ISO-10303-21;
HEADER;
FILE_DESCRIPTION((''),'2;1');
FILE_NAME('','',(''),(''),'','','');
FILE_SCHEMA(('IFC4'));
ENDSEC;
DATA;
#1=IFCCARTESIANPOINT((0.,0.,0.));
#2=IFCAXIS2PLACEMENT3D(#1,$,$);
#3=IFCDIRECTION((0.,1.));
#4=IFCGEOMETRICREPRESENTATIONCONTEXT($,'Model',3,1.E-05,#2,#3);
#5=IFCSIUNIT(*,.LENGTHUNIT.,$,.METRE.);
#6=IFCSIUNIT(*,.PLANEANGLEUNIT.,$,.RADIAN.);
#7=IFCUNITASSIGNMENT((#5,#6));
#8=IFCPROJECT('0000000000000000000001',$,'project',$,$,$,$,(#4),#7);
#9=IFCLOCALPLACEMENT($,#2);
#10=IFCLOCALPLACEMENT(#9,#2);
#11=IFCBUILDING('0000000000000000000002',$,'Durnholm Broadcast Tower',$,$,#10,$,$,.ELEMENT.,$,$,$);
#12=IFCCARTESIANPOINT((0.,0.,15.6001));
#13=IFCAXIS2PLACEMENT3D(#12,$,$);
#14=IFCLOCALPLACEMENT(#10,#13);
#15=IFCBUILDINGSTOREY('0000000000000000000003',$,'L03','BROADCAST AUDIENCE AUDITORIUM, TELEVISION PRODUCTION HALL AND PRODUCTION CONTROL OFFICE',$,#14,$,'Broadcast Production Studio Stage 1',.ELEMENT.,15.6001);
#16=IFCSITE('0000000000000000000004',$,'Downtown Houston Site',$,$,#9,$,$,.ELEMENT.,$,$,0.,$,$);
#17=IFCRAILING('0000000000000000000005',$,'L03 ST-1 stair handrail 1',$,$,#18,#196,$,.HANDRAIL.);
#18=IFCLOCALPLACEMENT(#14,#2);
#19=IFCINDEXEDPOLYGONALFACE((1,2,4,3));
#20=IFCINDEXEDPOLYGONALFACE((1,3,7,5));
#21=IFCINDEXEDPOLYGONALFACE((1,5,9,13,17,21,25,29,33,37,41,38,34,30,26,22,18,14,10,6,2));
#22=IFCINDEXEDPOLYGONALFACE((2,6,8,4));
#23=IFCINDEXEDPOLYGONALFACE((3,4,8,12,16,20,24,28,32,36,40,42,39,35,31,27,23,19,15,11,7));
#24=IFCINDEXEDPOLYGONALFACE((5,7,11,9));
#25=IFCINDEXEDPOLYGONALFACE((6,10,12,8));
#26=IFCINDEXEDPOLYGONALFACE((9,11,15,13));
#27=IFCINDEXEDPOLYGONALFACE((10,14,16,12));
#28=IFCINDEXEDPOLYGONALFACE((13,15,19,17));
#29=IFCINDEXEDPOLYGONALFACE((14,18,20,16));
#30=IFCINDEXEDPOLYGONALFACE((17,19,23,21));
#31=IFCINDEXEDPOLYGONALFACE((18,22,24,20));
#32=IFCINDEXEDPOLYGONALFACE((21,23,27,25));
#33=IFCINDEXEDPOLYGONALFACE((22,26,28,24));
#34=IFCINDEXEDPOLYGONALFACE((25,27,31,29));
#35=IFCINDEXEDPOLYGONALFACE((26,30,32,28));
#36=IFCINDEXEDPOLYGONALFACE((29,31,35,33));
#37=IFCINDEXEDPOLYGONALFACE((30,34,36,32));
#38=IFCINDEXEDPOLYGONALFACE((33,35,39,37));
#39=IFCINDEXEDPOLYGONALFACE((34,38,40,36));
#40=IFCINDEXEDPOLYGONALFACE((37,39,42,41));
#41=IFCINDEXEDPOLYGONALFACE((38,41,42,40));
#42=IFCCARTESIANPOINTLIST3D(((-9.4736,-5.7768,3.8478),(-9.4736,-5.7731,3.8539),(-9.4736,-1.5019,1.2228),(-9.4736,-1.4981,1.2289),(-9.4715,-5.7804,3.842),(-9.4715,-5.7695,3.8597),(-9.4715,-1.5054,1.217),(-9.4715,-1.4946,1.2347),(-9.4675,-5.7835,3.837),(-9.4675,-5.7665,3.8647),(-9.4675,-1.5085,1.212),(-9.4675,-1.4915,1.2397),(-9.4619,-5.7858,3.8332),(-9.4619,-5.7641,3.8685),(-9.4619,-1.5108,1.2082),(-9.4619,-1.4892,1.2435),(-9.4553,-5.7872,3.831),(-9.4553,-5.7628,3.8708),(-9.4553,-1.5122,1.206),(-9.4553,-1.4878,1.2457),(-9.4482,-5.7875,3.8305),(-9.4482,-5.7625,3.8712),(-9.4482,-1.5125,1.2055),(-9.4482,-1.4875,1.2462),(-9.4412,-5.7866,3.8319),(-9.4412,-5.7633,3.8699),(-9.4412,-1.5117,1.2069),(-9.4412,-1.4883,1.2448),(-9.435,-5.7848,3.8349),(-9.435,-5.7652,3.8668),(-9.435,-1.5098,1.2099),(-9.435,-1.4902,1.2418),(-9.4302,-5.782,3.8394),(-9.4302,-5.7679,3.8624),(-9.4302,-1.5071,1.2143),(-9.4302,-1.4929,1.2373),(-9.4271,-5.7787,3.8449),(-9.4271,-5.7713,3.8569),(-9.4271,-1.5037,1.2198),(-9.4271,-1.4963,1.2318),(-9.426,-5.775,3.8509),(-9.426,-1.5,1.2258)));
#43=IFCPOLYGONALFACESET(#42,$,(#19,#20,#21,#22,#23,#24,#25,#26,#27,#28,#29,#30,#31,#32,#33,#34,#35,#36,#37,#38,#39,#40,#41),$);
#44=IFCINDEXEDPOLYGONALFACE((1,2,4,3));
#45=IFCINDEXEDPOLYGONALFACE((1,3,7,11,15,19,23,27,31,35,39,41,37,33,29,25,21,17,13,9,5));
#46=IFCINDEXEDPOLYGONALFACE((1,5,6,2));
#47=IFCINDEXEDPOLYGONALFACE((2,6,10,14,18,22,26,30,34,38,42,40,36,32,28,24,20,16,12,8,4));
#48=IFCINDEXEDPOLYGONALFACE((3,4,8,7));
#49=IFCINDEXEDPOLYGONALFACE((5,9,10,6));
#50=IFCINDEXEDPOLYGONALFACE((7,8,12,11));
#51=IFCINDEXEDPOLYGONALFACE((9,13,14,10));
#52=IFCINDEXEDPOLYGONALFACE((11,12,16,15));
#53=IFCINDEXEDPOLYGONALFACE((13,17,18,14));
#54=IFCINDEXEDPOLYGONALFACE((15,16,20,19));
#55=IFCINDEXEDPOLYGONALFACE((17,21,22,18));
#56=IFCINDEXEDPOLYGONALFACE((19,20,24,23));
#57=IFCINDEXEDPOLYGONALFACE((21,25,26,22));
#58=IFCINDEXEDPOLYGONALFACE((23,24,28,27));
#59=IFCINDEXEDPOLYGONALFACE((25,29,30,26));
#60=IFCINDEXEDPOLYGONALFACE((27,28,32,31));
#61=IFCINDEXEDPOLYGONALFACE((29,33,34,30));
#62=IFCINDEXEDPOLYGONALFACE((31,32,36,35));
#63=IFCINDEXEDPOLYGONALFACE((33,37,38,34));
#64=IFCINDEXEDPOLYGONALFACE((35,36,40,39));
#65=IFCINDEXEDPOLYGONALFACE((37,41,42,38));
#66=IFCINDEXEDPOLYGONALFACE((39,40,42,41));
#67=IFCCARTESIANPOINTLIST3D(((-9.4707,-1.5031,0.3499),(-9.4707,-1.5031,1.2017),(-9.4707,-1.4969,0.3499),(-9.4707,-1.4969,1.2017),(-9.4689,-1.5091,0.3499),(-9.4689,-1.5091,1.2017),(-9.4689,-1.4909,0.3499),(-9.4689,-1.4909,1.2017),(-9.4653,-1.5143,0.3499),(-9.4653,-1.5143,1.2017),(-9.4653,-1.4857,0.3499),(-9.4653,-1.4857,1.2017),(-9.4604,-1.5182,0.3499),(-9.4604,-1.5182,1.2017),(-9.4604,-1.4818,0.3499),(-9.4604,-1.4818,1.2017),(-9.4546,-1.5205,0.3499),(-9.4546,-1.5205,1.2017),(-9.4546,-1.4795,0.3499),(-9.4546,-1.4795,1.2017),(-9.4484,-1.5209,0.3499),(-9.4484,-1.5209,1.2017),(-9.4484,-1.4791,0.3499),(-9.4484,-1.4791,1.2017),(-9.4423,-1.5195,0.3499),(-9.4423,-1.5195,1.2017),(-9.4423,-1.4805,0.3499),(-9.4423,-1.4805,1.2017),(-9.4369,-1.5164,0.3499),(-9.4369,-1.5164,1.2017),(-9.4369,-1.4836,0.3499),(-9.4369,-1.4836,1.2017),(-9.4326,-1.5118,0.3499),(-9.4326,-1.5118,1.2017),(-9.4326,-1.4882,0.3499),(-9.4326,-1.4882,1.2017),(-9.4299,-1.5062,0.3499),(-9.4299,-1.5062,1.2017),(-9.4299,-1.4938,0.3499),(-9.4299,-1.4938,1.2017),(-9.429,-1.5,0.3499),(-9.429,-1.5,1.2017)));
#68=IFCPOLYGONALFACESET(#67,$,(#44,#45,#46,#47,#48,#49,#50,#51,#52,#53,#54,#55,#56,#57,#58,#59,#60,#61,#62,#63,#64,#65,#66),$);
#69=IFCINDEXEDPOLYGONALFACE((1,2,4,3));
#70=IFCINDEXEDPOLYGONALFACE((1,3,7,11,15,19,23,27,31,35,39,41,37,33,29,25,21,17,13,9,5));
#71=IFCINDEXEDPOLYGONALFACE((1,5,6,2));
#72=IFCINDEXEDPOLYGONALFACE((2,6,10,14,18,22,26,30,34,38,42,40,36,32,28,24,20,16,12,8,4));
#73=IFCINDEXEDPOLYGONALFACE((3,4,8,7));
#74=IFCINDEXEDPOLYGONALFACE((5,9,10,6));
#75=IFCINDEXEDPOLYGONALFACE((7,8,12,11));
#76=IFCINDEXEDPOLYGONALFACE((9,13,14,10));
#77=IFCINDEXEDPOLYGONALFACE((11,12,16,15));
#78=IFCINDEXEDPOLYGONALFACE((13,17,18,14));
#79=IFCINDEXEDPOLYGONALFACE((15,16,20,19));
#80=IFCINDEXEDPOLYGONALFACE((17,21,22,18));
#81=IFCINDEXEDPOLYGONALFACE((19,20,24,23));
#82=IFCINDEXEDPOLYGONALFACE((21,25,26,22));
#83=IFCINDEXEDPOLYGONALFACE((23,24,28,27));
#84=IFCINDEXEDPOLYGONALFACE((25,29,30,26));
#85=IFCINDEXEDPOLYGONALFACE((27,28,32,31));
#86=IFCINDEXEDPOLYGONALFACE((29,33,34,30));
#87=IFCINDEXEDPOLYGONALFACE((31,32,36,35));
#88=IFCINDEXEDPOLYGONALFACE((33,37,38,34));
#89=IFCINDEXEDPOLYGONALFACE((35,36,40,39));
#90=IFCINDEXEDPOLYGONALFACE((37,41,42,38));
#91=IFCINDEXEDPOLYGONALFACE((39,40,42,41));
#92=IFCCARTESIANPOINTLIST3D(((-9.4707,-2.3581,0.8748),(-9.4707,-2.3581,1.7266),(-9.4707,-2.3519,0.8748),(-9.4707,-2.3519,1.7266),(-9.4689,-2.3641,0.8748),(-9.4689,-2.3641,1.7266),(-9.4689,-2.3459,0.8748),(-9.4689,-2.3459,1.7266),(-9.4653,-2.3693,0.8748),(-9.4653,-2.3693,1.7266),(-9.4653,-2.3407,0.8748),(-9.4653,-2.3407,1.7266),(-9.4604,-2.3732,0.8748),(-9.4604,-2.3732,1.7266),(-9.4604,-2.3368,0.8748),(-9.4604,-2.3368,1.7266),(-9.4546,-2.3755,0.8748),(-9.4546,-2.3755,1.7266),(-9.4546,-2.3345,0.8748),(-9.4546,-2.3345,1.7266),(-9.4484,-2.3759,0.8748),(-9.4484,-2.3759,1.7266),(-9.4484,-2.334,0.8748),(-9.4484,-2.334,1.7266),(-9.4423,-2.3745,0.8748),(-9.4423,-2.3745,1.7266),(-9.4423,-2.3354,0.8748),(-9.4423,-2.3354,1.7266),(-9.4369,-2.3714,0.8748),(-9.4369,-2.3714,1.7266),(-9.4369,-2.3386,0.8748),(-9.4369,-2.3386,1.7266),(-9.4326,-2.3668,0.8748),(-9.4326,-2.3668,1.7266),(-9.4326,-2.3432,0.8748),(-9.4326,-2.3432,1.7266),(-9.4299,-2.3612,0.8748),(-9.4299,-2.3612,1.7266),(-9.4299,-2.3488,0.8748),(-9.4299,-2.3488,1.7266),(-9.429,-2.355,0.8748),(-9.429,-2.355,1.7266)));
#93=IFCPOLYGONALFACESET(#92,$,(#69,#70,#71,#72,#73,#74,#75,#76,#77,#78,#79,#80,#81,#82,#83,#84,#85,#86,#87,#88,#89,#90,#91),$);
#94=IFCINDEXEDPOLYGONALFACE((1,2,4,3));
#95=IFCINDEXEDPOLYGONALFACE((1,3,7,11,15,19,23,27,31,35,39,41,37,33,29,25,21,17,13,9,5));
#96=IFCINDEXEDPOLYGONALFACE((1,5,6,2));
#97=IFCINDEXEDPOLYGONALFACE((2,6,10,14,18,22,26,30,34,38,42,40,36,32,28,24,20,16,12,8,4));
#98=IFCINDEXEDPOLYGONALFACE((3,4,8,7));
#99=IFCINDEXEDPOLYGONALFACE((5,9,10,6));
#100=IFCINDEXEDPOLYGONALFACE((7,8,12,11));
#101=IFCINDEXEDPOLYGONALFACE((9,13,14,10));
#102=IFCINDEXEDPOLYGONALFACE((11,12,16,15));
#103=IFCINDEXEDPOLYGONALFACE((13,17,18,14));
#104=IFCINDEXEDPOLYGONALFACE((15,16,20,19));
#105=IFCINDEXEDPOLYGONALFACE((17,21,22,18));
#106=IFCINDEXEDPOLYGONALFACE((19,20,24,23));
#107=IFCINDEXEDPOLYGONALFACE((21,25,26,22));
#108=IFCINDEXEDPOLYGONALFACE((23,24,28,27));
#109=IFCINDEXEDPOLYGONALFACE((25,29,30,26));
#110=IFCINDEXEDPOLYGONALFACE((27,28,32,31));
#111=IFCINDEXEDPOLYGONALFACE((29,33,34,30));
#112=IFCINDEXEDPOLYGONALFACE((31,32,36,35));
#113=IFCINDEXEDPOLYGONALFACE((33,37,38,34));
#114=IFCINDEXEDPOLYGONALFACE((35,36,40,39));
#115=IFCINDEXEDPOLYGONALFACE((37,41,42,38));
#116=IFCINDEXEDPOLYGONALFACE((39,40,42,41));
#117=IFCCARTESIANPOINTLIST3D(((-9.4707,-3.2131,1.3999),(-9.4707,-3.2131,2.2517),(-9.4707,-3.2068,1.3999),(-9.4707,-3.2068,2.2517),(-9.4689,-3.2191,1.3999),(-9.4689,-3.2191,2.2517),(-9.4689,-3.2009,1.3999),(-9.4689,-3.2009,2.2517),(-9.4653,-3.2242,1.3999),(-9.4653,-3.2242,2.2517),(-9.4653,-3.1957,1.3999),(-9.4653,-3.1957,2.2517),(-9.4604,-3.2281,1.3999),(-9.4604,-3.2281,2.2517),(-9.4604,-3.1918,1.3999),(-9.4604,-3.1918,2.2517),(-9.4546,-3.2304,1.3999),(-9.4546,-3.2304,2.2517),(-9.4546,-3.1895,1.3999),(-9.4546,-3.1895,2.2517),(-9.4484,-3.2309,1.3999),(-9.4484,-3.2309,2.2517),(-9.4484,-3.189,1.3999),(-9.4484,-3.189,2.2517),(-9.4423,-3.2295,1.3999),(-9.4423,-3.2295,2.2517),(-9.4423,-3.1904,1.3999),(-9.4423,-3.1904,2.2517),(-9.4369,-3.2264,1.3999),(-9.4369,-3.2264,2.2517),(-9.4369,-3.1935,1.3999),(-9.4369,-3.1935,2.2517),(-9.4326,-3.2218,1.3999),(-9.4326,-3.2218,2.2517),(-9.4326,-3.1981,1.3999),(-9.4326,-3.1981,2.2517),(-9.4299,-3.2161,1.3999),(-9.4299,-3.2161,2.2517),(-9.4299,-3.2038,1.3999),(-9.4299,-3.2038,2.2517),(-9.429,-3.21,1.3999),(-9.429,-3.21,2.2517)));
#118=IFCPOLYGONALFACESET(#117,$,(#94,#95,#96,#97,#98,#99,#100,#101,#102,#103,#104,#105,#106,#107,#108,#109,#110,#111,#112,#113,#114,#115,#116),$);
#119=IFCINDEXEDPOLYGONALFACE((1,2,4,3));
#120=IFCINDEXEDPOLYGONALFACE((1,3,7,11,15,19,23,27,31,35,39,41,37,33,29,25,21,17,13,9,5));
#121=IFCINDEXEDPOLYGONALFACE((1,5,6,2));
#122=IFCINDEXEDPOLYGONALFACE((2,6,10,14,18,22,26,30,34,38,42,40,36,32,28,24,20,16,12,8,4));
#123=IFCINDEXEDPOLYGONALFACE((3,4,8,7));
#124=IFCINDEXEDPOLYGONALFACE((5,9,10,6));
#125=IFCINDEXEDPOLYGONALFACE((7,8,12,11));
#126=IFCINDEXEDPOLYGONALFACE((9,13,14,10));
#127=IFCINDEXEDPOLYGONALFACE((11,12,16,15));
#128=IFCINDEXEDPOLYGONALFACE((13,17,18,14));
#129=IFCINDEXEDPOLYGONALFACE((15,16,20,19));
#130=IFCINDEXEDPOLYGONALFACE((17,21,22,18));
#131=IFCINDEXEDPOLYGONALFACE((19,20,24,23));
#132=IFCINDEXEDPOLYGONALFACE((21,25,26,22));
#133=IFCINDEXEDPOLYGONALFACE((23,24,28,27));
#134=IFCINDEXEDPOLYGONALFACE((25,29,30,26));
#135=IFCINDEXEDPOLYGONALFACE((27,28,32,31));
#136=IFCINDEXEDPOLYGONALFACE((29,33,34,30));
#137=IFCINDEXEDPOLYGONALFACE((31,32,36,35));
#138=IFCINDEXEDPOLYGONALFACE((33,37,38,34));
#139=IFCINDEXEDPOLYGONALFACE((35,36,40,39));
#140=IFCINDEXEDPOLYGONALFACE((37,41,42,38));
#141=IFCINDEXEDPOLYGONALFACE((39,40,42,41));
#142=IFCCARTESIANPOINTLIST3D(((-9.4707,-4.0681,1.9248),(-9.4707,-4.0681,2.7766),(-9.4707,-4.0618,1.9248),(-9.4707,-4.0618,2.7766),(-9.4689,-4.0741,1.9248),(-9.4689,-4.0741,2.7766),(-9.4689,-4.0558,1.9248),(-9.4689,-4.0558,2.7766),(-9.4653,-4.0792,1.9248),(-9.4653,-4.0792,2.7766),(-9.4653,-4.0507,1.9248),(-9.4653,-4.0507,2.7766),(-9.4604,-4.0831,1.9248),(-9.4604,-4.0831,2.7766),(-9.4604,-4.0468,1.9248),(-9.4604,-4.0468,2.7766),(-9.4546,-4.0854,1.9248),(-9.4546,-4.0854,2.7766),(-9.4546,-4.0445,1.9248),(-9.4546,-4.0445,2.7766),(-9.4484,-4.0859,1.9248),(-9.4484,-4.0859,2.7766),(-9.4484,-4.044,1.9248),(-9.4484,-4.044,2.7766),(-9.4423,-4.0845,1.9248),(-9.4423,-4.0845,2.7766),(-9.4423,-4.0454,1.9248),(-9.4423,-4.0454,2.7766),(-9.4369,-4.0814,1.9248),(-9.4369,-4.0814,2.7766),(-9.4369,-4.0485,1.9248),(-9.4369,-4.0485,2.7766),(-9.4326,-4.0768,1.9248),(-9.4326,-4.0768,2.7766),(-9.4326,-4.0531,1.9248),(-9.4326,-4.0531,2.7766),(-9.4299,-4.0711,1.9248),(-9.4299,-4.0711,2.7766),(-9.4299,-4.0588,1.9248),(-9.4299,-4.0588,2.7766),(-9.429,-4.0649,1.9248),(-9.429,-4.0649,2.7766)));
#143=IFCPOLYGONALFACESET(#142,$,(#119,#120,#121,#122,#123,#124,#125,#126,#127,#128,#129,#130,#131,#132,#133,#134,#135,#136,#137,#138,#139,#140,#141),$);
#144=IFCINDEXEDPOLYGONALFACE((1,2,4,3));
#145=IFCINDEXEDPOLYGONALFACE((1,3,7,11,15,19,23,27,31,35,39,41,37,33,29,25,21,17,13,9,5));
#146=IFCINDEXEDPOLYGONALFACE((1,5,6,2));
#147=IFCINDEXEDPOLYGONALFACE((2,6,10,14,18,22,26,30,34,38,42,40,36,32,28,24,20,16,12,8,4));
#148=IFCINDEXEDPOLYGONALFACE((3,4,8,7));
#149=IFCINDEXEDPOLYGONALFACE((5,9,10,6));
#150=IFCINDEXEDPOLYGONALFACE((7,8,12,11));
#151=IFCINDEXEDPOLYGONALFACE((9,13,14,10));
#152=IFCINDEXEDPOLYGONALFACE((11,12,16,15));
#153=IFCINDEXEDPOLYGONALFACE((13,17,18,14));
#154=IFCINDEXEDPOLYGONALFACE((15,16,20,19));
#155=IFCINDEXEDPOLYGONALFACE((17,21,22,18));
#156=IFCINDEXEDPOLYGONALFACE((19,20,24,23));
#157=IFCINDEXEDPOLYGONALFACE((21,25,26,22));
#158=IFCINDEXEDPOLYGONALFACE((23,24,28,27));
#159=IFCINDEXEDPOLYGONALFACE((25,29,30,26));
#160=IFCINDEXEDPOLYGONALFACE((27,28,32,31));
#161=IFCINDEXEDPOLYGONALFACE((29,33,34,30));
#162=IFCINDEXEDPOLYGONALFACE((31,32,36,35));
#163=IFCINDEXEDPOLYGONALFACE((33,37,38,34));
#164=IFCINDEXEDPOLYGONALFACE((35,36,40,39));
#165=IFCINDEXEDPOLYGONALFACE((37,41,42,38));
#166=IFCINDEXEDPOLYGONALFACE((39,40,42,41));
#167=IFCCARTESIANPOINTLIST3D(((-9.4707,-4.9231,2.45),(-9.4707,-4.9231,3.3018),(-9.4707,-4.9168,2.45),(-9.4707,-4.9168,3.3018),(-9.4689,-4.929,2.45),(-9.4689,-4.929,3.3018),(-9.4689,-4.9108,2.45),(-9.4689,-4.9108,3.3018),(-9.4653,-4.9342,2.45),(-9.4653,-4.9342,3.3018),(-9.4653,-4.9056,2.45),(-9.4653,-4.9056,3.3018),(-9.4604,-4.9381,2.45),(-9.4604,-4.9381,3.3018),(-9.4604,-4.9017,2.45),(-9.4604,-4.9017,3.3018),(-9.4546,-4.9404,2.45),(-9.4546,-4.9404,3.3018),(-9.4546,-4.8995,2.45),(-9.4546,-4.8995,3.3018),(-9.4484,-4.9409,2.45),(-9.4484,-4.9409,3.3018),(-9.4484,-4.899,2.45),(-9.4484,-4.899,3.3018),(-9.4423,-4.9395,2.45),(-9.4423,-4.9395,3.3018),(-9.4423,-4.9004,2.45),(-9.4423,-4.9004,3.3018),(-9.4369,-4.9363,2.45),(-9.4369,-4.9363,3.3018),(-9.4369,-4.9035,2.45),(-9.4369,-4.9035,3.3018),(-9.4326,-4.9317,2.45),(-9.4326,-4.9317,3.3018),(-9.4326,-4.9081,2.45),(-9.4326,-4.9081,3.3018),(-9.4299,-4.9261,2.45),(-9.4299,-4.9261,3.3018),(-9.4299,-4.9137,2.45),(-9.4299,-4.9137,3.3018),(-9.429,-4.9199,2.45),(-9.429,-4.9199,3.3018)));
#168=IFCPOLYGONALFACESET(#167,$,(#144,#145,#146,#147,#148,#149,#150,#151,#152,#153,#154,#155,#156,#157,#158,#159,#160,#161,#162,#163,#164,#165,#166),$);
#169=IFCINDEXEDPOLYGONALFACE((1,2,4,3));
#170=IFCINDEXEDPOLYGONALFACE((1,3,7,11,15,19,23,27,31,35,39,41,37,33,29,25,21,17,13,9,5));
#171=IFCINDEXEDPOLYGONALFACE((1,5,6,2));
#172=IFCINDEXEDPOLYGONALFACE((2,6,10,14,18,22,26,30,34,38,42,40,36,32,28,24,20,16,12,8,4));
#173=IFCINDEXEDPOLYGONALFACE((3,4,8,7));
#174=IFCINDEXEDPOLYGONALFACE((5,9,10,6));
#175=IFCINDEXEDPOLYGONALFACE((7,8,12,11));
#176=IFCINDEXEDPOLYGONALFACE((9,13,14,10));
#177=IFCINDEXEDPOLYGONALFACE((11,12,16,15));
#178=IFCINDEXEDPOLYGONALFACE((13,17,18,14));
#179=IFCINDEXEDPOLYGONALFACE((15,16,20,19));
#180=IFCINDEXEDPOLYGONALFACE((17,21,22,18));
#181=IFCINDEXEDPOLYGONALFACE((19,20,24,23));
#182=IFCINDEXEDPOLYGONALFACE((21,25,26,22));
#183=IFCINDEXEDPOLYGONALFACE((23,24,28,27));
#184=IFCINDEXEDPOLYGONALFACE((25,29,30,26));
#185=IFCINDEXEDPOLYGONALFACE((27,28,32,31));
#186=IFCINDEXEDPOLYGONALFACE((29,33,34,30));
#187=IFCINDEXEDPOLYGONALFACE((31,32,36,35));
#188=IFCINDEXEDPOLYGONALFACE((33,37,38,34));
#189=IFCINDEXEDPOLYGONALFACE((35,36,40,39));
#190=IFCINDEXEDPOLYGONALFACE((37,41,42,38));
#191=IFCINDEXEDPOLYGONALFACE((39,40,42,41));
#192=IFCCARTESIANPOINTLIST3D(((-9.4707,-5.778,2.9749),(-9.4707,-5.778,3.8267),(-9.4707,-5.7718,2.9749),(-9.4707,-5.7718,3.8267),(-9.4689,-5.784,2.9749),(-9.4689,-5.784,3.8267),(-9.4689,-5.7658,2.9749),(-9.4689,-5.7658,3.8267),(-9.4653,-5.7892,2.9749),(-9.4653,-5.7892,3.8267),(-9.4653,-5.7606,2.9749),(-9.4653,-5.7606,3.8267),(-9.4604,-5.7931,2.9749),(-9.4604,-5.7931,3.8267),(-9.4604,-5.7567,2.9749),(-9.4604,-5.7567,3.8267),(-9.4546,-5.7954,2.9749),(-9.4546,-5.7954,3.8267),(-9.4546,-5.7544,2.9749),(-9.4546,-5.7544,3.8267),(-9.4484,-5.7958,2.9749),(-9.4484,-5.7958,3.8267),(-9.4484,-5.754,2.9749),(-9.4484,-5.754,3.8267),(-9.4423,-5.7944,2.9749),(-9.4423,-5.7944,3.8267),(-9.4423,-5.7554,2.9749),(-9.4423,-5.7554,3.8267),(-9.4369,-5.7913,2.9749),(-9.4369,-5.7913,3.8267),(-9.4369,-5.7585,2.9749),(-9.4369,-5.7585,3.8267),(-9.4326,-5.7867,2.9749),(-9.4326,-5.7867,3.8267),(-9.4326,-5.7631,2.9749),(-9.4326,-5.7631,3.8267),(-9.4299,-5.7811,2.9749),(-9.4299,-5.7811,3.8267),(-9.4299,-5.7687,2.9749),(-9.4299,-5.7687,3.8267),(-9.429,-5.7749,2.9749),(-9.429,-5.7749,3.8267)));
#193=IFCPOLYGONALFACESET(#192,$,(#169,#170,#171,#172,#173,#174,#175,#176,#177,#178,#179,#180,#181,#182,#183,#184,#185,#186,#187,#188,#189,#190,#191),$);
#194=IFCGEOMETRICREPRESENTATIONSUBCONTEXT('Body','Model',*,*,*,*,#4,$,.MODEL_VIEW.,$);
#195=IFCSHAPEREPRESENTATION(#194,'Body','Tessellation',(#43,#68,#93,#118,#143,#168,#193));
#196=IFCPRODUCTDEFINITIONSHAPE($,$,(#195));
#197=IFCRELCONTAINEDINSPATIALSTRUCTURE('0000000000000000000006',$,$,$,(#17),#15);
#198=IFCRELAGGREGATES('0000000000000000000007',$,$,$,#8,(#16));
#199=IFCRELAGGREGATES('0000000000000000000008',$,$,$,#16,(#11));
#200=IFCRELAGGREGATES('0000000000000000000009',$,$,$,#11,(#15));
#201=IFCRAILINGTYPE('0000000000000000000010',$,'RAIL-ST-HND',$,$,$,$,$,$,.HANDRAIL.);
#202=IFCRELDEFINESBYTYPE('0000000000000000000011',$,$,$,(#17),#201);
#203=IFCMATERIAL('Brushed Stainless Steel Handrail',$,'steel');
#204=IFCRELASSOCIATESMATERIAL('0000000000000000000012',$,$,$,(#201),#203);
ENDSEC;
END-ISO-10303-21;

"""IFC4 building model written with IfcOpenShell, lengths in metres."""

from ifc_helpers import new_model, si_unit, direction, frame, origin, origin_2d, place, context, subcontext, project, spatial, circle, extrude, material, type_object, element, save


model = new_model("IFC4")

# Units and contexts
model_context = context("Model", 3, precision=1e-05, world=origin(), true_north=direction((0.0, 1.0)))
body_context = subcontext(model_context, "Body", "Model", "MODEL_VIEW")
ifc_project = project(units=[si_unit("LENGTHUNIT", "METRE"), si_unit("PLANEANGLEUNIT", "RADIAN")], contexts=[model_context])

# Site, building, storey
site_placement = place(None, origin())
site = spatial("IfcSite", under=ifc_project, at=site_placement, Name="Downtown Houston Site", CompositionType="ELEMENT", RefElevation=0.0)
building_placement = place(site_placement, origin())
building = spatial("IfcBuilding", under=site, at=building_placement, Name="Durnholm Broadcast Tower", CompositionType="ELEMENT")
storey_placement = place(building_placement, frame((0.0, 0.0, 15.6001)))
storey = spatial("IfcBuildingStorey", under=building, at=storey_placement, Name="L03", Description="BROADCAST AUDIENCE AUDITORIUM, TELEVISION PRODUCTION HALL AND PRODUCTION CONTROL OFFICE", LongName="Broadcast Production Studio Stage 1", CompositionType="ELEMENT", Elevation=15.6001)

# Railing
ifc_material_1 = material(Name="Brushed Stainless Steel Handrail", Category="steel")
railing_type_1 = type_object("IfcRailingType", Name="RAIL-ST-HND", PredefinedType="HANDRAIL", material=ifc_material_1)
railing_1_placement = place(storey_placement, frame((-9.45, -1.5, 0.3499)))
element("IfcRailing", 1, at=railing_1_placement, inside=storey, type_object=railing_type_1, Name="L03 ST-1 stair handrail 1", PredefinedType="HANDRAIL", context=body_context, shape_type="SweptSolid", body=[
    extrude(circle(Radius=0.0239, at=origin_2d()), frame((0.0, 0.0, 0.876), z_axis=(0.0, -0.852166, 0.523272), x_axis=(1.0, 0.0, 0.0)), (0.0, 0.0, 1.0), 5.0166),
    extrude(circle(Radius=0.021, at=origin_2d()), origin(), (0.0, 0.0, 1.0), 0.8518),
    extrude(circle(Radius=0.021, at=origin_2d()), frame((0.0, -0.855, 0.5249)), (0.0, 0.0, 1.0), 0.8518),
    extrude(circle(Radius=0.021, at=origin_2d()), frame((0.0, -1.71, 1.05)), (0.0, 0.0, 1.0), 0.8518),
    extrude(circle(Radius=0.021, at=origin_2d()), frame((0.0, -2.5649, 1.575)), (0.0, 0.0, 1.0), 0.8518),
    extrude(circle(Radius=0.021, at=origin_2d()), frame((0.0, -3.4199, 2.1001)), (0.0, 0.0, 1.0), 0.8518),
    extrude(circle(Radius=0.021, at=origin_2d()), frame((0.0, -4.2749, 2.625)), (0.0, 0.0, 1.0), 0.8518),
])

save(model, "model.ifc")
